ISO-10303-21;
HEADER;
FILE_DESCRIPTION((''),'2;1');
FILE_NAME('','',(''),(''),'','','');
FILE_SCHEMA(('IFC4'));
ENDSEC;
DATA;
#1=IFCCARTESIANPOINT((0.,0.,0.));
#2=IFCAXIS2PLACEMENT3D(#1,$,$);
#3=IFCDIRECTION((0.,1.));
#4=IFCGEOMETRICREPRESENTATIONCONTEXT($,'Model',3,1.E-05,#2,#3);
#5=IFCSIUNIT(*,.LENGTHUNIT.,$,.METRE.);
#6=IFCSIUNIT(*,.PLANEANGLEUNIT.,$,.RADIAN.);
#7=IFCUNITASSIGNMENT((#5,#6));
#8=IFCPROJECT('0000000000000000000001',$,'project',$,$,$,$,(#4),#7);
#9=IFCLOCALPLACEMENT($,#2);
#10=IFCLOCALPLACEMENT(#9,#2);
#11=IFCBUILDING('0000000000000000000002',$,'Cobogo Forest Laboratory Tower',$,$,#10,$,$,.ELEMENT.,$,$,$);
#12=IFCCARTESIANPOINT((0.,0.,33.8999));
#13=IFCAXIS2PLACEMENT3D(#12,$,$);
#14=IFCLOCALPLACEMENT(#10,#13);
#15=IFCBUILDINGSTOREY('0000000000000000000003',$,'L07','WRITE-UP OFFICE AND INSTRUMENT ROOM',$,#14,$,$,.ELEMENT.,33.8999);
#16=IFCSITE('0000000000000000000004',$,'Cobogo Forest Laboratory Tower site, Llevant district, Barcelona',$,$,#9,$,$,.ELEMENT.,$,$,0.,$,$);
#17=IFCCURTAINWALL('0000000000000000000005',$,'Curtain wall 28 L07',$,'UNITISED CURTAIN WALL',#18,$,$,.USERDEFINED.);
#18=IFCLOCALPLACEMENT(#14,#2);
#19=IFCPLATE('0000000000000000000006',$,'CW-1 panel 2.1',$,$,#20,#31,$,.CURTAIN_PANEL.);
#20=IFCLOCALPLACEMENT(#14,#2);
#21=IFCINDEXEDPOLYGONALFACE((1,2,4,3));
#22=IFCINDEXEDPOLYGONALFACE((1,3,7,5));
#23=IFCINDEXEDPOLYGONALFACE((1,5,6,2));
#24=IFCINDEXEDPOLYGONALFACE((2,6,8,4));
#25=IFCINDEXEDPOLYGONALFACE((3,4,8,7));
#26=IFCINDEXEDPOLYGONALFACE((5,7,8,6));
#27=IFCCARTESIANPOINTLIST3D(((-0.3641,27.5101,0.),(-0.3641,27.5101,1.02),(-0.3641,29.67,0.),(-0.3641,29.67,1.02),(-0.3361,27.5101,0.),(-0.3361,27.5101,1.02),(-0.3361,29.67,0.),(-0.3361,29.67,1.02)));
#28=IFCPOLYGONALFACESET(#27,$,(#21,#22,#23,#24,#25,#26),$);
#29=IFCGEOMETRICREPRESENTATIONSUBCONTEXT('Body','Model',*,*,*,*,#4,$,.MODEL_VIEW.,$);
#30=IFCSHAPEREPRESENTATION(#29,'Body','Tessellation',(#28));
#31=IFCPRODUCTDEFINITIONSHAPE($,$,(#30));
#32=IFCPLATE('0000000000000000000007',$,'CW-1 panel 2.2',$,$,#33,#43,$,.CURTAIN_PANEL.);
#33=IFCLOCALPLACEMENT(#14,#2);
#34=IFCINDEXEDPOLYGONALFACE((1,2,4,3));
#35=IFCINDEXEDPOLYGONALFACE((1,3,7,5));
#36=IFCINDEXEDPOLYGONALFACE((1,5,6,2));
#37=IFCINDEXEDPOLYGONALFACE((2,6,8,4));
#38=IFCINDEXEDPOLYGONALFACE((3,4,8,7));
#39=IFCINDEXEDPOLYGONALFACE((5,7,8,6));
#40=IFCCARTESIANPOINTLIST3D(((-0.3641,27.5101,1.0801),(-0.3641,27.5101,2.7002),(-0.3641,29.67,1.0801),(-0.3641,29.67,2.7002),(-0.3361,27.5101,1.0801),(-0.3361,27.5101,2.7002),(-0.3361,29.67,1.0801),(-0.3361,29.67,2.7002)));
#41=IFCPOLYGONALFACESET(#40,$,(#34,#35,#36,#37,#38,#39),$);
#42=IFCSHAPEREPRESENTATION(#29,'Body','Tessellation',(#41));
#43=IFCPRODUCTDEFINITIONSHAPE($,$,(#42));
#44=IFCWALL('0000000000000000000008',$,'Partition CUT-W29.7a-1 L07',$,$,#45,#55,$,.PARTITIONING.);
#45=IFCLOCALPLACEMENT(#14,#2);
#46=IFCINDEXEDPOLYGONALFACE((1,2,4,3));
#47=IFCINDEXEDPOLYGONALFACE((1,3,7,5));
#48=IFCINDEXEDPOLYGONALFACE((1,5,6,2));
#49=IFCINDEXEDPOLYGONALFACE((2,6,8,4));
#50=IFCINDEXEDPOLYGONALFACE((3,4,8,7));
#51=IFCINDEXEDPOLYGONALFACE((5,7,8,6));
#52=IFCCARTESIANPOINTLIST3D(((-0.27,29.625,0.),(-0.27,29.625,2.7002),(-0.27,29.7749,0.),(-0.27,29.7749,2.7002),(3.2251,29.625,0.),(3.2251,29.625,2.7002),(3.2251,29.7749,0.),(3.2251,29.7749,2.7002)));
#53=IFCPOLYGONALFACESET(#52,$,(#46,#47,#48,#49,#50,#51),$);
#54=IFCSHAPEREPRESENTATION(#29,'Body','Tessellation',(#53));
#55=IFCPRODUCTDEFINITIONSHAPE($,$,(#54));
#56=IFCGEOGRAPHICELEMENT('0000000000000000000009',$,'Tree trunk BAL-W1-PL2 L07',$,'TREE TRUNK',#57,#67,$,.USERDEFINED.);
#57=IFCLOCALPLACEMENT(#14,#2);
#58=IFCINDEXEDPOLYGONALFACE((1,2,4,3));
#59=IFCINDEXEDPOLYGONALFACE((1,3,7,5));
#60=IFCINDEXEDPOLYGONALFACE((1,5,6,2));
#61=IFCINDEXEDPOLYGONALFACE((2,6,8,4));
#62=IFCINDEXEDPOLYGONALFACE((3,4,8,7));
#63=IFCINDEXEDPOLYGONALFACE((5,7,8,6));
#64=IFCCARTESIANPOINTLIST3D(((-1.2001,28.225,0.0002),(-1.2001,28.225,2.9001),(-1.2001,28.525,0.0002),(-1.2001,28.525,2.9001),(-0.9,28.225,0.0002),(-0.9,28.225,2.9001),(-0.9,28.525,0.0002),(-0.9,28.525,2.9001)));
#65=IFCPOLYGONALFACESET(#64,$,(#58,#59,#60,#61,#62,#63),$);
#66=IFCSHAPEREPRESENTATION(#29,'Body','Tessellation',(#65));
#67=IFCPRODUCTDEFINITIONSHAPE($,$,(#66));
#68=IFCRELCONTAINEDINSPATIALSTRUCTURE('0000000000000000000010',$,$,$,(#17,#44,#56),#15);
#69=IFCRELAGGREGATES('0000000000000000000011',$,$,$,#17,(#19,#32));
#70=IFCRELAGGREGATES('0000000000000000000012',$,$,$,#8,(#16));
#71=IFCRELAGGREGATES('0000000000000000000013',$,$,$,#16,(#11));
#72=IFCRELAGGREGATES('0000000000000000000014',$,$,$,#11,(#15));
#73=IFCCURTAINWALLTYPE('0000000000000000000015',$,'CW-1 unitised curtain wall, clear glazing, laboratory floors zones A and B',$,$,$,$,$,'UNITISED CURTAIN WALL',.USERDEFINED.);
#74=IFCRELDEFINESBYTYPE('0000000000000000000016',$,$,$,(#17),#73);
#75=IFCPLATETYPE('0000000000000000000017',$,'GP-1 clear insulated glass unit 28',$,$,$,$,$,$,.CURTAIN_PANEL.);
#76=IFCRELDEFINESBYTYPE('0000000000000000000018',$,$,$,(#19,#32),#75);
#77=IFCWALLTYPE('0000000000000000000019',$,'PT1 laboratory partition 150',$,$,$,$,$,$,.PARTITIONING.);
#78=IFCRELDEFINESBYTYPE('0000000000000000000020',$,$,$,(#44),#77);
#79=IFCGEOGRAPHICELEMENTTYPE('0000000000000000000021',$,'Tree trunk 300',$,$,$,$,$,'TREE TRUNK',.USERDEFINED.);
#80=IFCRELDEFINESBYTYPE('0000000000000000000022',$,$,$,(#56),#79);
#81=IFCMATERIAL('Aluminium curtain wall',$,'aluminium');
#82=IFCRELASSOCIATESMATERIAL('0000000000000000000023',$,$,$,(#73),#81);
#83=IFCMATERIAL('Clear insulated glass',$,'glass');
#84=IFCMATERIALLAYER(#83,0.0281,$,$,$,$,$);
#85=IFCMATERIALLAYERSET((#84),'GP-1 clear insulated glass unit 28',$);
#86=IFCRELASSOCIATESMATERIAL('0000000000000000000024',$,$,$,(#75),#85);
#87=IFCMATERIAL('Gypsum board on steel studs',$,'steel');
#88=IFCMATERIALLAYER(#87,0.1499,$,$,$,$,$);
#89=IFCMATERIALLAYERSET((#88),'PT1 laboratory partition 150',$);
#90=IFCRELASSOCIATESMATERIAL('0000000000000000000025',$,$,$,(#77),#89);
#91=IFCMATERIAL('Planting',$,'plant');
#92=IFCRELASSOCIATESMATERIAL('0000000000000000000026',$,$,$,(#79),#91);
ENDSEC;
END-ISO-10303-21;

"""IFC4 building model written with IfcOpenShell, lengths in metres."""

from ifc_helpers import new_model, si_unit, direction, frame, frame_2d, origin, origin_2d, place, context, subcontext, project, spatial, rectangle, extrude, material, layer, layer_set, type_object, element, aggregate, save


model = new_model("IFC4")

# Units and contexts
model_context = context("Model", 3, precision=1e-05, world=origin(), true_north=direction((0.0, 1.0)))
body_context = subcontext(model_context, "Body", "Model", "MODEL_VIEW")
ifc_project = project(units=[si_unit("LENGTHUNIT", "METRE"), si_unit("PLANEANGLEUNIT", "RADIAN")], contexts=[model_context])

# Site, building, storey
site_placement = place(None, origin())
site = spatial("IfcSite", under=ifc_project, at=site_placement, Name="Cobogo Forest Laboratory Tower site, Llevant district, Barcelona", CompositionType="ELEMENT", RefElevation=0.0)
building_placement = place(site_placement, origin())
building = spatial("IfcBuilding", under=site, at=building_placement, Name="Cobogo Forest Laboratory Tower", CompositionType="ELEMENT")
storey_placement = place(building_placement, frame((0.0, 0.0, 33.8999)))
storey = spatial("IfcBuildingStorey", under=building, at=storey_placement, Name="L07", Description="WRITE-UP OFFICE AND INSTRUMENT ROOM", CompositionType="ELEMENT", Elevation=33.8999)

# Curtain wall
ifc_material_1 = material(Name="Aluminium curtain wall", Category="aluminium")
curtain_wall_type = type_object("IfcCurtainWallType", Name="CW-1 unitised curtain wall, clear glazing, laboratory floors zones A and B", ElementType="UNITISED CURTAIN WALL", PredefinedType="USERDEFINED", material=ifc_material_1)
curtain_wall_placement = place(storey_placement, origin())
curtain_wall = element("IfcCurtainWall", 1, at=curtain_wall_placement, inside=storey, type_object=curtain_wall_type, Name="Curtain wall 28 L07", ObjectType="UNITISED CURTAIN WALL", PredefinedType="USERDEFINED")

# Plates
ifc_material_2 = material(Name="Clear insulated glass", Category="glass")
ifc_layer_1 = layer(ifc_material_2, 0.0281)
ifc_layer_set_1 = layer_set([ifc_layer_1], Name="GP-1 clear insulated glass unit 28")
plate_type = type_object("IfcPlateType", Name="GP-1 clear insulated glass unit 28", PredefinedType="CURTAIN_PANEL", material=ifc_layer_set_1)
plate_1_placement = place(storey_placement, frame((-0.3501, 28.5901, 0.0), z_axis=(0.0, 0.0, 1.0), x_axis=(0.0, -1.0, 0.0)))
plate_1 = element("IfcPlate", 2, at=plate_1_placement, type_object=plate_type, Name="CW-1 panel 2.1", PredefinedType="CURTAIN_PANEL", context=body_context, shape_type="SweptSolid", body=[
    extrude(rectangle(XDim=2.1599, YDim=0.0281, at=origin_2d()), origin(), (0.0, 0.0, 1.0), 1.02),
])
plate_2_placement = place(storey_placement, frame((-0.3501, 28.5901, 1.0801), z_axis=(0.0, 0.0, 1.0), x_axis=(0.0, -1.0, 0.0)))
plate_2 = element("IfcPlate", 3, at=plate_2_placement, type_object=plate_type, Name="CW-1 panel 2.2", PredefinedType="CURTAIN_PANEL", context=body_context, shape_type="SweptSolid", body=[
    extrude(rectangle(XDim=2.1599, YDim=0.0281, at=origin_2d()), origin(), (0.0, 0.0, 1.0), 1.6201),
])
aggregate(curtain_wall, [plate_1, plate_2])

# Wall
ifc_material_3 = material(Name="Gypsum board on steel studs", Category="steel")
ifc_layer_2 = layer(ifc_material_3, 0.1499)
ifc_layer_set_2 = layer_set([ifc_layer_2], Name="PT1 laboratory partition 150")
wall_type_1 = type_object("IfcWallType", Name="PT1 laboratory partition 150", PredefinedType="PARTITIONING", material=ifc_layer_set_2)
wall_1_placement = place(storey_placement, frame((-0.27, 29.7, 0.0), z_axis=(0.0, 0.0, 1.0), x_axis=(1.0, 0.0, 0.0)))
element("IfcWall", 4, at=wall_1_placement, inside=storey, type_object=wall_type_1, Name="Partition CUT-W29.7a-1 L07", PredefinedType="PARTITIONING", context=body_context, shape_type="SweptSolid", body=[
    extrude(rectangle(XDim=3.4951, YDim=0.1499, at=frame_2d((1.7476, 0.0))), origin(), (0.0, 0.0, 1.0), 2.7002),
])

# Geographic element
ifc_material_4 = material(Name="Planting", Category="plant")
geographic_element_type = type_object("IfcGeographicElementType", Name="Tree trunk 300", ElementType="TREE TRUNK", PredefinedType="USERDEFINED", material=ifc_material_4)
geographic_element_placement = place(storey_placement, frame((-1.05, 28.375, 0.0002), z_axis=(0.0, 0.0, 1.0), x_axis=(1.0, 0.0, 0.0)))
element("IfcGeographicElement", 5, at=geographic_element_placement, inside=storey, type_object=geographic_element_type, Name="Tree trunk BAL-W1-PL2 L07", ObjectType="TREE TRUNK", PredefinedType="USERDEFINED", context=body_context, shape_type="SweptSolid", body=[
    extrude(rectangle(XDim=0.3, YDim=0.3, at=origin_2d()), origin(), (0.0, 0.0, 1.0), 2.8999),
])

save(model, "model.ifc")
